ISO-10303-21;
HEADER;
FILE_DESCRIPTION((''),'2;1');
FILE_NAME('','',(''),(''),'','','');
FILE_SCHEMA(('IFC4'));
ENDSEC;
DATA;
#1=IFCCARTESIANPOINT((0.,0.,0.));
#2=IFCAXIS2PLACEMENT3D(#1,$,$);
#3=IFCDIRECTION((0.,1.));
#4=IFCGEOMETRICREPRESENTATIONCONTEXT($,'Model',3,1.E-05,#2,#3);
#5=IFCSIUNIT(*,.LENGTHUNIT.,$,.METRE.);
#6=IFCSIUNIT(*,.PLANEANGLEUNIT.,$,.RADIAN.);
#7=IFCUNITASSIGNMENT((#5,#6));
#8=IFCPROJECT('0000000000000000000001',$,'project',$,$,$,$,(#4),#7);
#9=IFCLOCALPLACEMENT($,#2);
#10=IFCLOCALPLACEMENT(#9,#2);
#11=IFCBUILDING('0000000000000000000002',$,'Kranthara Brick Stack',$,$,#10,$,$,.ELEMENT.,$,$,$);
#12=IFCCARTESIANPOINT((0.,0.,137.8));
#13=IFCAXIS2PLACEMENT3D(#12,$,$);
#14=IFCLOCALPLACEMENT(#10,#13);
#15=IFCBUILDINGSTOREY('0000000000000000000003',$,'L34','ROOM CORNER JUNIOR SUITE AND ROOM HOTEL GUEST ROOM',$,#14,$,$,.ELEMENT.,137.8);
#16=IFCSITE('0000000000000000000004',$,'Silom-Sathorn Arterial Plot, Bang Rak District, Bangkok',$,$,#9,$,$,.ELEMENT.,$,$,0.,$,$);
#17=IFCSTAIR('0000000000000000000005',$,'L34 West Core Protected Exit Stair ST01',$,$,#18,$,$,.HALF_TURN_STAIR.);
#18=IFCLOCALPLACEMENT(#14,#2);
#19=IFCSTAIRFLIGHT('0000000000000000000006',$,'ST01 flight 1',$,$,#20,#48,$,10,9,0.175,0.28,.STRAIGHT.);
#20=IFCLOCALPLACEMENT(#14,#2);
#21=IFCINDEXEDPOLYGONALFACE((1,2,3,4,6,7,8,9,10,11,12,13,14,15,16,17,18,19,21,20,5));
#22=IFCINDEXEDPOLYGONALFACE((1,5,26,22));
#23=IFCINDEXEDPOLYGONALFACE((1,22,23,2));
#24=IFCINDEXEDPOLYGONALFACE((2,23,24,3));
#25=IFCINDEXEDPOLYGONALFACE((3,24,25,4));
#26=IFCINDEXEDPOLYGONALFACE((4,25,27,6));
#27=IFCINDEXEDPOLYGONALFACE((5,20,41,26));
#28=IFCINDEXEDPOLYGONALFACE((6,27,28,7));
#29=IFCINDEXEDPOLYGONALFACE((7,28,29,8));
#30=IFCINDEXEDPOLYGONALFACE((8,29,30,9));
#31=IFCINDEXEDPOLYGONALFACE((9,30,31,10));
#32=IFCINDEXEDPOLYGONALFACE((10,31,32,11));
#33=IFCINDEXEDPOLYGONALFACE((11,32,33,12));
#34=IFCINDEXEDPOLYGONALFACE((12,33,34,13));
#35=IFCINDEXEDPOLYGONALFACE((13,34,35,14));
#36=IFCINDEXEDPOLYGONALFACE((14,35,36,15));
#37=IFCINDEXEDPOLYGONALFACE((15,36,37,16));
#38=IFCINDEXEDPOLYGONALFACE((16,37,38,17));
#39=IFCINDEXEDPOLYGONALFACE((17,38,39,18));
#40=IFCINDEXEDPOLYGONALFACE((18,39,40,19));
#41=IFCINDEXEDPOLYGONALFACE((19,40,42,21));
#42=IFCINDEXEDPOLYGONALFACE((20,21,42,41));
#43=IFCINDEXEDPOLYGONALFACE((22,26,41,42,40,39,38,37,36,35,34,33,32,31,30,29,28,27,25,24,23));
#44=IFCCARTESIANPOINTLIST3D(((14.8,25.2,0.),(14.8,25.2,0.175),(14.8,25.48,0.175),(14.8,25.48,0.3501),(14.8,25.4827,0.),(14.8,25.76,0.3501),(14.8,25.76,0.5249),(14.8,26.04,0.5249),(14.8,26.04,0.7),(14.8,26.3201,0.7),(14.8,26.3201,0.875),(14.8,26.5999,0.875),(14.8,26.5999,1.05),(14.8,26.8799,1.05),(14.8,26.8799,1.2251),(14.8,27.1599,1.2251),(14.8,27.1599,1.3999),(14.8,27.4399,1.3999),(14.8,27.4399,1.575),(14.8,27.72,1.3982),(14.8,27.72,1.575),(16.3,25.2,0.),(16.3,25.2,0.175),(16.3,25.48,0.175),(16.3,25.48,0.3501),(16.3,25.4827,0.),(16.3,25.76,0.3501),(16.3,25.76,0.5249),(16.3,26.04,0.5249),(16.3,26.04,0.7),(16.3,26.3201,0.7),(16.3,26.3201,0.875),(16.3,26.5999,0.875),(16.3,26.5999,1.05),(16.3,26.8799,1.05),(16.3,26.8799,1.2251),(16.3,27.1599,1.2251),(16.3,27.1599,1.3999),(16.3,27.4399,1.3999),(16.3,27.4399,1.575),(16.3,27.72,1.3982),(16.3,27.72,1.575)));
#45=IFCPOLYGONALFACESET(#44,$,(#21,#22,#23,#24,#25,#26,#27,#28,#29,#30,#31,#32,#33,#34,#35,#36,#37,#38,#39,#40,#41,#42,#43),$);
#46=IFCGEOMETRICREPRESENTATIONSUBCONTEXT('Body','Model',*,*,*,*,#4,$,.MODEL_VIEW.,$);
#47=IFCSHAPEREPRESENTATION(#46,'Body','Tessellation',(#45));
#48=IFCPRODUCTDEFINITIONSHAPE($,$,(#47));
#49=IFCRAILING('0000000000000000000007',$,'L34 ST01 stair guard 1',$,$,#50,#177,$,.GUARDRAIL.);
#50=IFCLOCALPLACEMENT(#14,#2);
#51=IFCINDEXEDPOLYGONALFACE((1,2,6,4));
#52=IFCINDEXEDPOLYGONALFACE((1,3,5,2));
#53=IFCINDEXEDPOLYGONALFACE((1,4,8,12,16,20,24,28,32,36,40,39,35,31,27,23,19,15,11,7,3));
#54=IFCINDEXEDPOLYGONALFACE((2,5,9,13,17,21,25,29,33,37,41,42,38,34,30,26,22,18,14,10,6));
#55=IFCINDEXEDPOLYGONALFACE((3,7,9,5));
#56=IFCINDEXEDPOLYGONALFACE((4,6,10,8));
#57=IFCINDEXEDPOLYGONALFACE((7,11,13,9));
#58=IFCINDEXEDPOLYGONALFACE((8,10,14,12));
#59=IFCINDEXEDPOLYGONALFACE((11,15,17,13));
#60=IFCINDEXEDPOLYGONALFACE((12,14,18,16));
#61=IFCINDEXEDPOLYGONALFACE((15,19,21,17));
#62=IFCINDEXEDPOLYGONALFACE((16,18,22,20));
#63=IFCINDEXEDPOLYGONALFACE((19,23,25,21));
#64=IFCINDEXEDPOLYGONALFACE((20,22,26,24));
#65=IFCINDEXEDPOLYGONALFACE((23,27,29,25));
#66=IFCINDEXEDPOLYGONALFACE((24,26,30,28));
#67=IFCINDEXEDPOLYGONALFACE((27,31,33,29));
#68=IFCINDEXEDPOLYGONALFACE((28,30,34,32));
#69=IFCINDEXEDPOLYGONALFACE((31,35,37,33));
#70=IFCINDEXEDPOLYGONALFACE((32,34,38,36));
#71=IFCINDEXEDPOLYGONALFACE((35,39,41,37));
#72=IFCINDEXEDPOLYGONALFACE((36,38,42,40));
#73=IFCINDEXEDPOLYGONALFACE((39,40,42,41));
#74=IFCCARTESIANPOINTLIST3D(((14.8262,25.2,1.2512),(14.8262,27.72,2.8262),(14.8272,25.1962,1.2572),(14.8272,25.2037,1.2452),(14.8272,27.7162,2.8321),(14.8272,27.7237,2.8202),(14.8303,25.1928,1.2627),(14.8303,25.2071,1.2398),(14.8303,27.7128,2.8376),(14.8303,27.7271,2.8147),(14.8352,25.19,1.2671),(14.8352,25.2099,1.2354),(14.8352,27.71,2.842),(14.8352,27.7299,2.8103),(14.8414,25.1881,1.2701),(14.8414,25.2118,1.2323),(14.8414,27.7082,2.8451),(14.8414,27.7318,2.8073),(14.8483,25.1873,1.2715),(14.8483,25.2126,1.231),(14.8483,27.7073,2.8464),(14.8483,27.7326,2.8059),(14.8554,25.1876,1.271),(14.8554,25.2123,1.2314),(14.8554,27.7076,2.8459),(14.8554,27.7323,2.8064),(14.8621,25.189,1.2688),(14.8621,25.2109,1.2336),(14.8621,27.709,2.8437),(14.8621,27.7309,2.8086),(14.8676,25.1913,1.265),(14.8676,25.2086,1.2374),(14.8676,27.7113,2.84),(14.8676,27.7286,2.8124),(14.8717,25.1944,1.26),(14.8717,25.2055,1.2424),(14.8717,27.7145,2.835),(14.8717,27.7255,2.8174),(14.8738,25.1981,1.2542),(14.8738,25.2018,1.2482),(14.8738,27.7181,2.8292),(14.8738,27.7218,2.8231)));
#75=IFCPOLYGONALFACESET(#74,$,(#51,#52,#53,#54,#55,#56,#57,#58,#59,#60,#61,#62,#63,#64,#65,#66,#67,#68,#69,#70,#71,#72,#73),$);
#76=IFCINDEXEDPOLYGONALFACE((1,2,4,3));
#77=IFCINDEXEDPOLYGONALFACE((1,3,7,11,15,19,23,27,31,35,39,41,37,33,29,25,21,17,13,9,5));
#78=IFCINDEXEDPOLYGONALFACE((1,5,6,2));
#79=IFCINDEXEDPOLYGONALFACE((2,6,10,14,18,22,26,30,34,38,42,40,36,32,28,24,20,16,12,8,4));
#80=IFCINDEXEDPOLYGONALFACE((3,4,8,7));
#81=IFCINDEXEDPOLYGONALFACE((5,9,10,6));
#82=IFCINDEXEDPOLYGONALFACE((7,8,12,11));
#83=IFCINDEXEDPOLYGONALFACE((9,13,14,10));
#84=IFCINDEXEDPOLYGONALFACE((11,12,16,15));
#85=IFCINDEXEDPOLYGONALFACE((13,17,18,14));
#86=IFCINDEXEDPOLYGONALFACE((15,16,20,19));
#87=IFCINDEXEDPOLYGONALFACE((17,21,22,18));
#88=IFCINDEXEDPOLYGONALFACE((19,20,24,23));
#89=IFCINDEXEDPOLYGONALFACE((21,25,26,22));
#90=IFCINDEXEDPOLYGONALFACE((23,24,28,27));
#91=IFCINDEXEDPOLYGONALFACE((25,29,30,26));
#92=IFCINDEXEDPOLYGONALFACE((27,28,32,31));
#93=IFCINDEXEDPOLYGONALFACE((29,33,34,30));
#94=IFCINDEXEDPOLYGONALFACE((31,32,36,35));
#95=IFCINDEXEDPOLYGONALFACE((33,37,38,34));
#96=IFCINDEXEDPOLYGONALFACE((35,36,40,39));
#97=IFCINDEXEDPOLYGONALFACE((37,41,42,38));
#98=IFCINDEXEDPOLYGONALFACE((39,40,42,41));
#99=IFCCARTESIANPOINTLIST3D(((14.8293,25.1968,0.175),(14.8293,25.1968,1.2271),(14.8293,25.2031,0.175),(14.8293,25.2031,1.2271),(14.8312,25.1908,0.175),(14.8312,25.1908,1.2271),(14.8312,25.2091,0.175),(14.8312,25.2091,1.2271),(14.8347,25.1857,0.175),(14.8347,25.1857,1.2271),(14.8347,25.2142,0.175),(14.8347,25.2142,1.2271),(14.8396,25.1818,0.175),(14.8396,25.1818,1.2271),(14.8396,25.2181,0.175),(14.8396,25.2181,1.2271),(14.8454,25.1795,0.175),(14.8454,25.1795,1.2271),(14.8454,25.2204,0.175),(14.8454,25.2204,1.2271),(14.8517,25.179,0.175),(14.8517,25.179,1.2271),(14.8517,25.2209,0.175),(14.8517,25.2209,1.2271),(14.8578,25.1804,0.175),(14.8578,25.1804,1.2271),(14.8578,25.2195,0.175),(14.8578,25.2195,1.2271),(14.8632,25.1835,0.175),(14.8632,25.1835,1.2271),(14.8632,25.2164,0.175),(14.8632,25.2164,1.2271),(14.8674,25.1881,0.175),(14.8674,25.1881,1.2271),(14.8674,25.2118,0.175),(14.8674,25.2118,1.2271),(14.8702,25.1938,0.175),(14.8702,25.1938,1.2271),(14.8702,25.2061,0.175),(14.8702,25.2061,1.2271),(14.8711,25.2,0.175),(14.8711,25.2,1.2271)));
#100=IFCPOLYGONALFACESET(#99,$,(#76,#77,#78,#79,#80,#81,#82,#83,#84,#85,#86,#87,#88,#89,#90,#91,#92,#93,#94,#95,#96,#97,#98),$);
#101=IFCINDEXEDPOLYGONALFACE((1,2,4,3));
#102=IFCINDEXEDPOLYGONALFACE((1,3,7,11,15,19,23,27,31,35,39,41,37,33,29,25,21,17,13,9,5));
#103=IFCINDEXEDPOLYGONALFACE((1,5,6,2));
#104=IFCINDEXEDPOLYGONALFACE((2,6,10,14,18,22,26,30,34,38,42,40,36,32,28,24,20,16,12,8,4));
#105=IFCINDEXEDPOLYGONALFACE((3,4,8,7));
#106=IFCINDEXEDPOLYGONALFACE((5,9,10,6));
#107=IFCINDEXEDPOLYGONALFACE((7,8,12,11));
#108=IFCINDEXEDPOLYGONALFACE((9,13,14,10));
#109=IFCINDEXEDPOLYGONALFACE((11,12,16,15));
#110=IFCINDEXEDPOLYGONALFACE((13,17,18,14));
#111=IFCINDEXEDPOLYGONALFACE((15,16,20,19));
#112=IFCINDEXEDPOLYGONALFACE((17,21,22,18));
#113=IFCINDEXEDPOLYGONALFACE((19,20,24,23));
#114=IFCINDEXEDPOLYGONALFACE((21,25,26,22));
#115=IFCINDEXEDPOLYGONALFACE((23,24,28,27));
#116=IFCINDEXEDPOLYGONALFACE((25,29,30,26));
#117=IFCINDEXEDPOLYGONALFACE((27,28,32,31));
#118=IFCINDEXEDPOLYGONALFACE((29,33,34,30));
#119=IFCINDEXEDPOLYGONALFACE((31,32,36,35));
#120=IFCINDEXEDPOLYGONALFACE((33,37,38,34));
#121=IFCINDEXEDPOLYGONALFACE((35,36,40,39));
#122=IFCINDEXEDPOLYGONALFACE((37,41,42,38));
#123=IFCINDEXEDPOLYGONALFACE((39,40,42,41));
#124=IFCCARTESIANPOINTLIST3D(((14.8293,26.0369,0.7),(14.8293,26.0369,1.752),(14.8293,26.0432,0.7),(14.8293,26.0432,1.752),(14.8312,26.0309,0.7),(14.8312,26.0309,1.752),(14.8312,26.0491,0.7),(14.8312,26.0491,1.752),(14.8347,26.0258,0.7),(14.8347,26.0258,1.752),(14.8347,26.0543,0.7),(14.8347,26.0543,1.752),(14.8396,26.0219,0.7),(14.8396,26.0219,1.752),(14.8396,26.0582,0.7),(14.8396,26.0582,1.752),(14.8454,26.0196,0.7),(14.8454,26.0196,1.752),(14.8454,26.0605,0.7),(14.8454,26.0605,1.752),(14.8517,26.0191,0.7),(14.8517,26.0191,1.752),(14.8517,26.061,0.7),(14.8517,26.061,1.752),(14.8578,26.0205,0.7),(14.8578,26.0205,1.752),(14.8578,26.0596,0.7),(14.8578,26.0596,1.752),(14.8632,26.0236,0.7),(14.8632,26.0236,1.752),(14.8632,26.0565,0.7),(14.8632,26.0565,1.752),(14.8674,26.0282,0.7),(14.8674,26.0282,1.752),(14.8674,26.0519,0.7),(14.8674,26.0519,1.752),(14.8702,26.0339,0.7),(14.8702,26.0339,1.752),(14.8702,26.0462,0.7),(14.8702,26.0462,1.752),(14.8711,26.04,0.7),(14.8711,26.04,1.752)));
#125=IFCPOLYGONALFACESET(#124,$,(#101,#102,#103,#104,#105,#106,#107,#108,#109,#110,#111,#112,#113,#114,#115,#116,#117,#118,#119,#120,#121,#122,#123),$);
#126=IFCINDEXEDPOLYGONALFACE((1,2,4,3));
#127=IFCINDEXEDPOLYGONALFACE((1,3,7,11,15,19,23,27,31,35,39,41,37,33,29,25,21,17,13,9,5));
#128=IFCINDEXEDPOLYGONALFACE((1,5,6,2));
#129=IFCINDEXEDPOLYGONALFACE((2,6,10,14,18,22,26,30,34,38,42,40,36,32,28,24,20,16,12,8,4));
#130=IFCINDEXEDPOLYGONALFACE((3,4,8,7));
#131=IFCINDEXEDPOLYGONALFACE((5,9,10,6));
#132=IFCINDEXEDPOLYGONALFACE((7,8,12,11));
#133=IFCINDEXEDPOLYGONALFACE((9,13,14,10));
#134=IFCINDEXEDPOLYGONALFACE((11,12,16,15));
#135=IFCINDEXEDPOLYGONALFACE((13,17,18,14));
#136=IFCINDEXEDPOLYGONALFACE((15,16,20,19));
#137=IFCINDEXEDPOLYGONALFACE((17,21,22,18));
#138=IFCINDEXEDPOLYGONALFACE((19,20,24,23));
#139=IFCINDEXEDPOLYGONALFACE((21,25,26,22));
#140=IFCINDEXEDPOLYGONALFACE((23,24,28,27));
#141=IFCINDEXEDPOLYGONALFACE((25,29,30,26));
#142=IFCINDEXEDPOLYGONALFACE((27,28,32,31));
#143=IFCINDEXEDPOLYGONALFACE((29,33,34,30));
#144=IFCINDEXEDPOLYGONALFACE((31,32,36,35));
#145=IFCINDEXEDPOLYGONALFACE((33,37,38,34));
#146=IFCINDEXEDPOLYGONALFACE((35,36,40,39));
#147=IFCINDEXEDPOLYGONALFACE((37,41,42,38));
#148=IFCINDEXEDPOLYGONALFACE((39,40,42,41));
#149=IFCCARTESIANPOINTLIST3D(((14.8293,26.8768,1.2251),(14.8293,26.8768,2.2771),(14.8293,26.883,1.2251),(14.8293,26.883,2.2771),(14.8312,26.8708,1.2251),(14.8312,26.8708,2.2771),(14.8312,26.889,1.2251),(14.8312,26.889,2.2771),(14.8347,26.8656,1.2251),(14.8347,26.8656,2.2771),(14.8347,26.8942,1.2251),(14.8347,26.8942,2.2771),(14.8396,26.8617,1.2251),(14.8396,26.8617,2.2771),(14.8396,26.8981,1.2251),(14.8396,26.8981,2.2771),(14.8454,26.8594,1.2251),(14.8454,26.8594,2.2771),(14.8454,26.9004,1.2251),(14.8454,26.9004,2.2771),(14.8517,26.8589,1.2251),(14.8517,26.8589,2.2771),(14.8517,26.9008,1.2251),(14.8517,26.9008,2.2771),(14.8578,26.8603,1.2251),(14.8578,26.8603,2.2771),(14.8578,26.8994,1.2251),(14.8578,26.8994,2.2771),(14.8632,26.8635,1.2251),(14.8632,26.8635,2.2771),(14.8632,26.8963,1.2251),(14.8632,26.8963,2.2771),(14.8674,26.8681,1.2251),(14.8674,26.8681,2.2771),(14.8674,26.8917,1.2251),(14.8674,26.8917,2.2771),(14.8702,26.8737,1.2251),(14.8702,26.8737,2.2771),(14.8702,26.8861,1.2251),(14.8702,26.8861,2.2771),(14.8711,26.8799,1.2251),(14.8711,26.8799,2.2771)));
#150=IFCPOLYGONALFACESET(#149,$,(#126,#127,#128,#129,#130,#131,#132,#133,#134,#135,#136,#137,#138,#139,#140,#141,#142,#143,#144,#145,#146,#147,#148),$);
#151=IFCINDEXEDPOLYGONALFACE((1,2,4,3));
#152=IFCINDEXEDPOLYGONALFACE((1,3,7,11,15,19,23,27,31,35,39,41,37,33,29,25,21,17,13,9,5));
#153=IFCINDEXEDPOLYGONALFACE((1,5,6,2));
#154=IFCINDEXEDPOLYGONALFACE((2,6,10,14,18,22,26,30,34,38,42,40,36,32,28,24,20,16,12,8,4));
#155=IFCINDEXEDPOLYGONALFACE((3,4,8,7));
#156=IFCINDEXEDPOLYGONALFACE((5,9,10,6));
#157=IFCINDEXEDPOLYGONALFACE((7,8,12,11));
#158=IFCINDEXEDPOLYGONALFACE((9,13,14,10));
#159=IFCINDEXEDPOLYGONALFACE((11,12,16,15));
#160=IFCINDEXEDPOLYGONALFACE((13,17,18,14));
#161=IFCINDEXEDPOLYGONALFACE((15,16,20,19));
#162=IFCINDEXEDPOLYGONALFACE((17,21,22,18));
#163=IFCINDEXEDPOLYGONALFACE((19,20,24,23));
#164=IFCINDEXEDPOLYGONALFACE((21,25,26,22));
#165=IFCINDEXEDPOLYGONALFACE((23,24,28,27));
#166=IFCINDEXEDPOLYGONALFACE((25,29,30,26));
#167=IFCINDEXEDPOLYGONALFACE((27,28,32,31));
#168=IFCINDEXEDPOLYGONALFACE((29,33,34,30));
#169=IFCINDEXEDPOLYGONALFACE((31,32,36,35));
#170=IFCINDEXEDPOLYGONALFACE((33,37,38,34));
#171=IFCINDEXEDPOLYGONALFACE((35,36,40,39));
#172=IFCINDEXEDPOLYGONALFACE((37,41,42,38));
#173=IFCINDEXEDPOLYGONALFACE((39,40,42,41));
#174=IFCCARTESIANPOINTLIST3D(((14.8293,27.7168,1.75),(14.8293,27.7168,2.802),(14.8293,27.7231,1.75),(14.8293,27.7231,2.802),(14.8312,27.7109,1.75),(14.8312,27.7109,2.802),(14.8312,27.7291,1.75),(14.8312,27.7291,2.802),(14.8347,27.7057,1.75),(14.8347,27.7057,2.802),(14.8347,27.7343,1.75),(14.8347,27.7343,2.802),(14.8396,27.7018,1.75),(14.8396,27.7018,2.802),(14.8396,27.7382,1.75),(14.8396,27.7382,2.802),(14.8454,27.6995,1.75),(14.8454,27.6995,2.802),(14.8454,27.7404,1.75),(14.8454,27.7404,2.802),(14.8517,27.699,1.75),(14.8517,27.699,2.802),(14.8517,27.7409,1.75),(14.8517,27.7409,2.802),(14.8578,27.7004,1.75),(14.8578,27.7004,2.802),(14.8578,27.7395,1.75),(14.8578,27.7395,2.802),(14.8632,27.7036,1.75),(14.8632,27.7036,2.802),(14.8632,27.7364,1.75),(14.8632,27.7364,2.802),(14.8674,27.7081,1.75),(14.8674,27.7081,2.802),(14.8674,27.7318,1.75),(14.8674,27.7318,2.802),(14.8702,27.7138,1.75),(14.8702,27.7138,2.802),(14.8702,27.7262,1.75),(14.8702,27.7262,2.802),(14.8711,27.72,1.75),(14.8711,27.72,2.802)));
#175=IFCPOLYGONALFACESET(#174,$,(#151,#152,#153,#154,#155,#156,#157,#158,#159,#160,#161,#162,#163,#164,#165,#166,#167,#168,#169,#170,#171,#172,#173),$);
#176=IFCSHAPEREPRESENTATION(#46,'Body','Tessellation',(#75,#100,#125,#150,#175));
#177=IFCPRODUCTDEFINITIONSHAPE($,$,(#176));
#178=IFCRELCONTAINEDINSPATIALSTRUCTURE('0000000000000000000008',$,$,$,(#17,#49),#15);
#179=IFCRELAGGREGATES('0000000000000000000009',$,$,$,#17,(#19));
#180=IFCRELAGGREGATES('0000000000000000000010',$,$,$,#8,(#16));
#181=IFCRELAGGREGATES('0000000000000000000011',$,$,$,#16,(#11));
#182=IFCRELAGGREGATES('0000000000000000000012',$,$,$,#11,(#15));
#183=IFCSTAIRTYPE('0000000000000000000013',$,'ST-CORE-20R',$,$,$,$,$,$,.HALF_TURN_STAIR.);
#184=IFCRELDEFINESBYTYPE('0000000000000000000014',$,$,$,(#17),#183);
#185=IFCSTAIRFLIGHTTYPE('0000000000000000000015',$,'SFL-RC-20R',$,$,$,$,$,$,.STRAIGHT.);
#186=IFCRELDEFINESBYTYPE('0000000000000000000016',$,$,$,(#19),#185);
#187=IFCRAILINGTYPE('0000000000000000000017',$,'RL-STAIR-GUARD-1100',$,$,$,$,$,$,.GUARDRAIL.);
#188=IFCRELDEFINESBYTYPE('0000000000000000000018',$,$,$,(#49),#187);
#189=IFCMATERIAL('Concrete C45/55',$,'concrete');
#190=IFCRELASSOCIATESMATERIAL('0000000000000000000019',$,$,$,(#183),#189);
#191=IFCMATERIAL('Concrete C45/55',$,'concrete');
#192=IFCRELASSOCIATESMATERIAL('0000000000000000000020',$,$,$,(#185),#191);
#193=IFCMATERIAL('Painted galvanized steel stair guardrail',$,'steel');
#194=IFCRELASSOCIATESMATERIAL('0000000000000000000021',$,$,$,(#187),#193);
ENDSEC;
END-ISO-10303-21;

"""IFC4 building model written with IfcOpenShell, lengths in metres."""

from ifc_helpers import new_model, si_unit, direction, frame, origin, origin_2d, place, context, subcontext, project, spatial, polyline, circle, outline, extrude, material, type_object, element, aggregate, save


model = new_model("IFC4")

# Units and contexts
model_context = context("Model", 3, precision=1e-05, world=origin(), true_north=direction((0.0, 1.0)))
body_context = subcontext(model_context, "Body", "Model", "MODEL_VIEW")
ifc_project = project(units=[si_unit("LENGTHUNIT", "METRE"), si_unit("PLANEANGLEUNIT", "RADIAN")], contexts=[model_context])

# Site, building, storey
site_placement = place(None, origin())
site = spatial("IfcSite", under=ifc_project, at=site_placement, Name="Silom-Sathorn Arterial Plot, Bang Rak District, Bangkok", CompositionType="ELEMENT", RefElevation=0.0)
building_placement = place(site_placement, origin())
building = spatial("IfcBuilding", under=site, at=building_placement, Name="Kranthara Brick Stack", CompositionType="ELEMENT")
storey_placement = place(building_placement, frame((0.0, 0.0, 137.8)))
storey = spatial("IfcBuildingStorey", under=building, at=storey_placement, Name="L34", Description="ROOM CORNER JUNIOR SUITE AND ROOM HOTEL GUEST ROOM", CompositionType="ELEMENT", Elevation=137.8)

# Stair, stair flight
ifc_material_1 = material(Name="Concrete C45/55", Category="concrete")
stair_type = type_object("IfcStairType", Name="ST-CORE-20R", PredefinedType="HALF_TURN_STAIR", material=ifc_material_1)
stair_placement = place(storey_placement, origin())
stair = element("IfcStair", 1, at=stair_placement, inside=storey, type_object=stair_type, Name="L34 West Core Protected Exit Stair ST01", PredefinedType="HALF_TURN_STAIR")
ifc_material_2 = material(Name="Concrete C45/55", Category="concrete")
stair_flight_type = type_object("IfcStairFlightType", Name="SFL-RC-20R", PredefinedType="STRAIGHT", material=ifc_material_2)
stair_flight_placement = place(storey_placement, frame((15.55, 25.2, 0.0), z_axis=(0.0, 0.0, 1.0), x_axis=(0.0, 1.0, 0.0)))
stair_flight = element("IfcStairFlight", 2, at=stair_flight_placement, type_object=stair_flight_type, Name="ST01 flight 1", NumberOfRisers=10, NumberOfTreads=9, PredefinedType="STRAIGHT", RiserHeight=0.175, TreadLength=0.28, context=body_context, shape_type="SweptSolid", body=[
    extrude(outline(polyline([(0.0, 0.0), (0.0, 0.175), (0.28, 0.175), (0.28, 0.3501), (0.5601, 0.3501), (0.5601, 0.5249), (0.8401, 0.5249), (0.8401, 0.7), (1.1201, 0.7), (1.1201, 0.875), (1.3999, 0.875), (1.3999, 1.05), (1.6799, 1.05), (1.6799, 1.2251), (1.96, 1.2251), (1.96, 1.3999), (2.24, 1.3999), (2.24, 1.575), (2.52, 1.575), (2.52, 1.75), (2.52, 1.3982), (0.2827, 0.0), (0.0, 0.0)])), frame((0.0, 0.75, 0.0), z_axis=(0.0, -1.0, 0.0), x_axis=(1.0, 0.0, 0.0)), (0.0, 0.0, 1.0), 1.5),
])
aggregate(stair, [stair_flight])

# Railing
ifc_material_3 = material(Name="Painted galvanized steel stair guardrail", Category="steel")
railing_type_1 = type_object("IfcRailingType", Name="RL-STAIR-GUARD-1100", PredefinedType="GUARDRAIL", material=ifc_material_3)
railing_1_placement = place(storey_placement, frame((14.8501, 25.2, 0.175)))
element("IfcRailing", 3, at=railing_1_placement, inside=storey, type_object=railing_type_1, Name="L34 ST01 stair guard 1", PredefinedType="GUARDRAIL", context=body_context, shape_type="SweptSolid", body=[
    extrude(circle(Radius=0.0239, at=origin_2d()), frame((0.0, 0.0, 1.0762), z_axis=(0.0, 0.848008, 0.529984), x_axis=(-1.0, 0.0, 0.0)), (0.0, 0.0, 1.0), 2.9717),
    extrude(circle(Radius=0.021, at=origin_2d()), origin(), (0.0, 0.0, 1.0), 1.052),
    extrude(circle(Radius=0.021, at=origin_2d()), frame((0.0, 0.8401, 0.5249)), (0.0, 0.0, 1.0), 1.052),
    extrude(circle(Radius=0.021, at=origin_2d()), frame((0.0, 1.6799, 1.05)), (0.0, 0.0, 1.0), 1.052),
    extrude(circle(Radius=0.021, at=origin_2d()), frame((0.0, 2.52, 1.575)), (0.0, 0.0, 1.0), 1.052),
])

save(model, "model.ifc")
